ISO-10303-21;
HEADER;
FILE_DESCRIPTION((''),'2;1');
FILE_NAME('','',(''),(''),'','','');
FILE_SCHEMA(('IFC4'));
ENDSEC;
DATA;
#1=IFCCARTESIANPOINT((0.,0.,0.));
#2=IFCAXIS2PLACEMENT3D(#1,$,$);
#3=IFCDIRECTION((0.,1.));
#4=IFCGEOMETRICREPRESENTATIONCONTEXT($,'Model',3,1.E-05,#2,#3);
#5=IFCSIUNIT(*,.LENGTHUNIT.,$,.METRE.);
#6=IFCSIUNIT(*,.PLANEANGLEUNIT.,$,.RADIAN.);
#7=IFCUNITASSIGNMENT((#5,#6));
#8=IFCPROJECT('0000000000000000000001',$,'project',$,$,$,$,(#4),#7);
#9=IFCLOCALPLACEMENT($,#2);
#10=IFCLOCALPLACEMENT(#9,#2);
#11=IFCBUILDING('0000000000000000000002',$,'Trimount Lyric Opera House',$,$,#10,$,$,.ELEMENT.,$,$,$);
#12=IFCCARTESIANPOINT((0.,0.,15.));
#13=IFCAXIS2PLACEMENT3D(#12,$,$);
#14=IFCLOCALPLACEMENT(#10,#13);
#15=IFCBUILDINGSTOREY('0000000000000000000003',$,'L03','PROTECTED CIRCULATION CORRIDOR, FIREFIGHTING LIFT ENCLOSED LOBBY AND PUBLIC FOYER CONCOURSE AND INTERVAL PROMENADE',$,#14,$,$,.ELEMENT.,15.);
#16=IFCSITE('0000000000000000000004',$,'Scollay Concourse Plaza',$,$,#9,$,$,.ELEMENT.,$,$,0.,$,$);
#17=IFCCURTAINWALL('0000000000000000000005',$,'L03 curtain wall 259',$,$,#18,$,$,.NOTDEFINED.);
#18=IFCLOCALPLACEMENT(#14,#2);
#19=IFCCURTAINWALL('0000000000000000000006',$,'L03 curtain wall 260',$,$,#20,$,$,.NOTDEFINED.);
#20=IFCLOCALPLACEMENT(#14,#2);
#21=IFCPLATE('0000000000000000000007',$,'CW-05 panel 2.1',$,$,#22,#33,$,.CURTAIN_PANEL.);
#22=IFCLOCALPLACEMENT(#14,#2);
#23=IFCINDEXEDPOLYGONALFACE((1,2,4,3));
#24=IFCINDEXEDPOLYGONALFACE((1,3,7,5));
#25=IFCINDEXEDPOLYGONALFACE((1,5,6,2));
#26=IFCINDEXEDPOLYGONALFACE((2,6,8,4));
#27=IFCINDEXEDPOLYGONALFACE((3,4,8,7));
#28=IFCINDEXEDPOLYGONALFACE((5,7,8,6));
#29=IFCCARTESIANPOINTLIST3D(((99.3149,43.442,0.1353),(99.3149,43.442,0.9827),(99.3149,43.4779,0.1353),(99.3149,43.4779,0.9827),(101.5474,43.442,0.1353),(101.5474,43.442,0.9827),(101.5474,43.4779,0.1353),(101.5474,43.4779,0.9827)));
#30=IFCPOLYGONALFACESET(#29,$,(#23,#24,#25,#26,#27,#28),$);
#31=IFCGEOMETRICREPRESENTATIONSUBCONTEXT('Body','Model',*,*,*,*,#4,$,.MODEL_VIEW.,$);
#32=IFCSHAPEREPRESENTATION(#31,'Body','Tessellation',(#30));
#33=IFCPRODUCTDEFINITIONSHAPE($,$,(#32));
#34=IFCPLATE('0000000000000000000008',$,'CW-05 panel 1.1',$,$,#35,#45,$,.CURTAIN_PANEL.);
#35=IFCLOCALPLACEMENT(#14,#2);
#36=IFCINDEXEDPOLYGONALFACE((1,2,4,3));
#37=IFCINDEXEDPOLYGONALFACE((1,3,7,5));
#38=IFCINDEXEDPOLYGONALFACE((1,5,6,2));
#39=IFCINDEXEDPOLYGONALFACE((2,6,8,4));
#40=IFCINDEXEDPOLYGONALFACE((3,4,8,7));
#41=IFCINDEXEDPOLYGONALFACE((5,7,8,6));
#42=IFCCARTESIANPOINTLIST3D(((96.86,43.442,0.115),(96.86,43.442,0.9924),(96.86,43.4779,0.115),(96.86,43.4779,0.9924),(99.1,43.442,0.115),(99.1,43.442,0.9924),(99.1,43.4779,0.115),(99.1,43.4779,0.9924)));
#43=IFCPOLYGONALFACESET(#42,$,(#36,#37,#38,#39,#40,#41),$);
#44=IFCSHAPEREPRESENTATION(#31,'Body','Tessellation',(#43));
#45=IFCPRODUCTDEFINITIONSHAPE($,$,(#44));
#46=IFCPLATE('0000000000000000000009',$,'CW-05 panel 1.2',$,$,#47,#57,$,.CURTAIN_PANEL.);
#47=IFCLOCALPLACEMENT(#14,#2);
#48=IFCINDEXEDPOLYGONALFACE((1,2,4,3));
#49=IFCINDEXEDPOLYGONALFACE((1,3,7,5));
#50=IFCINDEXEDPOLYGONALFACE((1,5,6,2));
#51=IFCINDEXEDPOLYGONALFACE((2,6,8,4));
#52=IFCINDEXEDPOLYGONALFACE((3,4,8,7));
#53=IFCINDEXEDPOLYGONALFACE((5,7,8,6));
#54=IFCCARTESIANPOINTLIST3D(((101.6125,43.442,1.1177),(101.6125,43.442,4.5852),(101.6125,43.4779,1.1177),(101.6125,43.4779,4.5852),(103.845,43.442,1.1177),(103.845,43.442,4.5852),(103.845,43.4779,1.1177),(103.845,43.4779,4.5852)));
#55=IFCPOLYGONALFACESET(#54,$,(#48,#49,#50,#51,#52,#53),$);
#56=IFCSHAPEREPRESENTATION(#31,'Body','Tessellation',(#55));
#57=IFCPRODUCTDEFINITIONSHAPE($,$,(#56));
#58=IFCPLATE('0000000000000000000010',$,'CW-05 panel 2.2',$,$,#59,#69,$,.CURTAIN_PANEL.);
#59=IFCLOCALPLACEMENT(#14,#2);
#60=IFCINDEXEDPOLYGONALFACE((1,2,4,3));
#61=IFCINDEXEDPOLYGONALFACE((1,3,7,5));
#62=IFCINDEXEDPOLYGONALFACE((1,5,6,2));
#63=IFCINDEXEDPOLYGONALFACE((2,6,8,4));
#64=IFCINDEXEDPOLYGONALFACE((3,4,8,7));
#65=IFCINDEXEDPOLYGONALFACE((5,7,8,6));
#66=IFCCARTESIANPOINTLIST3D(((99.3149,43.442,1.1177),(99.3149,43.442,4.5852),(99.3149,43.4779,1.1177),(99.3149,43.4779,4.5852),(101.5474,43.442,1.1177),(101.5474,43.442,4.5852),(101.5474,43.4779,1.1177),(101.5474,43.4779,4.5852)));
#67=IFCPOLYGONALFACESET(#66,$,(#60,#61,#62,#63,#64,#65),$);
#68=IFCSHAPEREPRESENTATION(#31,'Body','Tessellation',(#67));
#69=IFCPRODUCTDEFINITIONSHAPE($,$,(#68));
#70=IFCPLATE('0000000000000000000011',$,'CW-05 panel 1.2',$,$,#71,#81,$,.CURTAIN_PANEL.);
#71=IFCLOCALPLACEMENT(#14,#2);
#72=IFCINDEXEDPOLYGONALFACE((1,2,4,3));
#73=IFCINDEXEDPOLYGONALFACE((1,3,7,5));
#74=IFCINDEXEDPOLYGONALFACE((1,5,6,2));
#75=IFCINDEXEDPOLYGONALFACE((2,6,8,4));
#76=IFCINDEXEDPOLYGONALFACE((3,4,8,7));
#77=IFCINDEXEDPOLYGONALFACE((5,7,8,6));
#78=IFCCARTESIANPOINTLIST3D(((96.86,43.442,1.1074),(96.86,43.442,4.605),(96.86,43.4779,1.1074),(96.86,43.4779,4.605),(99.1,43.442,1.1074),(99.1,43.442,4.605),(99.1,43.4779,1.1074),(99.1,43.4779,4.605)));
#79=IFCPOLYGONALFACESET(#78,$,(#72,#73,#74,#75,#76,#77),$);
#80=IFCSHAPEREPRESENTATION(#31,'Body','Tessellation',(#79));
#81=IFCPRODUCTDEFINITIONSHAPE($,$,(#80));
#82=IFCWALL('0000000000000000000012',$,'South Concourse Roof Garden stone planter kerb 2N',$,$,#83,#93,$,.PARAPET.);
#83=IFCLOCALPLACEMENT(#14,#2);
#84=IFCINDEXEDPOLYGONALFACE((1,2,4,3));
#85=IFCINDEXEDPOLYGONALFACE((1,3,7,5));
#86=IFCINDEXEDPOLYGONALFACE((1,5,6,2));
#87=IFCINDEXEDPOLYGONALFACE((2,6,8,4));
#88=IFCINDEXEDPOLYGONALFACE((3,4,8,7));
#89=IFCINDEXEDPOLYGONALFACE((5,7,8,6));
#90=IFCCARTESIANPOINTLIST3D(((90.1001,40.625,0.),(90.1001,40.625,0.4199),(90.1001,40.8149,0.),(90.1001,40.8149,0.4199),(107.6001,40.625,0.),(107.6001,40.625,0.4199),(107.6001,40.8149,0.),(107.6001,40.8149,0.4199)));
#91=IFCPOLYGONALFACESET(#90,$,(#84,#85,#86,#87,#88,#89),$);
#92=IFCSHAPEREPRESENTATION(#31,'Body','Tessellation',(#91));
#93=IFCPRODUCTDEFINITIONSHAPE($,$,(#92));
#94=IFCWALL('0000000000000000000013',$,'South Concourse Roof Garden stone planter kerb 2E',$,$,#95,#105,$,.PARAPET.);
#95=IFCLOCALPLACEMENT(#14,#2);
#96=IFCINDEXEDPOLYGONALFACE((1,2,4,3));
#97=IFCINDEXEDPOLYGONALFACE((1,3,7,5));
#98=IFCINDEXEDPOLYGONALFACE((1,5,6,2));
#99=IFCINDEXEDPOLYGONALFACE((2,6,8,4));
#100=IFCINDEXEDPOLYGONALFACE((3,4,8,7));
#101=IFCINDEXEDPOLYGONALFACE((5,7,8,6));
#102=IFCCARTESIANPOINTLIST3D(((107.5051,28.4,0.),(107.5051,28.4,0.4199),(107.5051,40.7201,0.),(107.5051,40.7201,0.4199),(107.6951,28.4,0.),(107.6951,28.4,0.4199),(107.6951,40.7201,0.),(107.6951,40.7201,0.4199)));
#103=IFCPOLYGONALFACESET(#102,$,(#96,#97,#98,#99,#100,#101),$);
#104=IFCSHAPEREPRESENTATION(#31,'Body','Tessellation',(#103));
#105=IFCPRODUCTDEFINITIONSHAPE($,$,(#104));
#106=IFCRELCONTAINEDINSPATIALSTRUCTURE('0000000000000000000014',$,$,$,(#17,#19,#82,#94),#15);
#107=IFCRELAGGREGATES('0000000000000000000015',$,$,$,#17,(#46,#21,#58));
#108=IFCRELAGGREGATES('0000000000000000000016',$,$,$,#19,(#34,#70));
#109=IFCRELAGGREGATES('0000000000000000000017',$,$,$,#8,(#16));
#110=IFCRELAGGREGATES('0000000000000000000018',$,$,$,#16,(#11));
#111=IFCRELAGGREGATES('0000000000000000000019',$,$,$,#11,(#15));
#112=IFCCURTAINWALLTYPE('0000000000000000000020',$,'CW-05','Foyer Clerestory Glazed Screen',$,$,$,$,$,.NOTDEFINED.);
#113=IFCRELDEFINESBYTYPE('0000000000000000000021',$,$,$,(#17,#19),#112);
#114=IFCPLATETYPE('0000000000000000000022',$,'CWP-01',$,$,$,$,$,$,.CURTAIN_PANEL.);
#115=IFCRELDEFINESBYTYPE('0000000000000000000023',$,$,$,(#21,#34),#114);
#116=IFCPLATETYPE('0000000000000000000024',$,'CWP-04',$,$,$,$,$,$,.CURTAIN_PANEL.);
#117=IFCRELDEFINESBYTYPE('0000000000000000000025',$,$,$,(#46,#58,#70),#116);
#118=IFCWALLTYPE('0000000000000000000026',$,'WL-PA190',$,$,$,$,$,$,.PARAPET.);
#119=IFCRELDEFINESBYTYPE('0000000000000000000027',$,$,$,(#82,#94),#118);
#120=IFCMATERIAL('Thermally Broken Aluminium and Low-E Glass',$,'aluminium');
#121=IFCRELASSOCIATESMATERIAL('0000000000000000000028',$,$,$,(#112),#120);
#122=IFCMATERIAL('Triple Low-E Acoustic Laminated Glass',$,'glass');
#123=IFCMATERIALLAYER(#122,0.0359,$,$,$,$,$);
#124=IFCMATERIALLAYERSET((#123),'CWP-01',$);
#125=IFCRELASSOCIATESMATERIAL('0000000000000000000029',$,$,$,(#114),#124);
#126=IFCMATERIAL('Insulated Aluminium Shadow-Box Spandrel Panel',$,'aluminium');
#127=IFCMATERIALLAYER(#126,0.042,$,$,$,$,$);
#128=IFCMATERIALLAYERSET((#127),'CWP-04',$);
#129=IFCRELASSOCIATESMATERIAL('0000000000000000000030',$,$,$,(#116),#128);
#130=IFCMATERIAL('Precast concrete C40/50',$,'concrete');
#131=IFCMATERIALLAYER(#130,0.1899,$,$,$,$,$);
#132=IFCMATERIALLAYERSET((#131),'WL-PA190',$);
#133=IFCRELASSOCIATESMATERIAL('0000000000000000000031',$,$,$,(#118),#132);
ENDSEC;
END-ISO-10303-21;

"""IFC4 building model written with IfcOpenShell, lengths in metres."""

from ifc_helpers import new_model, si_unit, direction, frame, frame_2d, origin, origin_2d, place, context, subcontext, project, spatial, rectangle, extrude, material, layer, layer_set, type_object, element, aggregate, save


model = new_model("IFC4")

# Units and contexts
model_context = context("Model", 3, precision=1e-05, world=origin(), true_north=direction((0.0, 1.0)))
body_context = subcontext(model_context, "Body", "Model", "MODEL_VIEW")
ifc_project = project(units=[si_unit("LENGTHUNIT", "METRE"), si_unit("PLANEANGLEUNIT", "RADIAN")], contexts=[model_context])

# Site, building, storey
site_placement = place(None, origin())
site = spatial("IfcSite", under=ifc_project, at=site_placement, Name="Scollay Concourse Plaza", CompositionType="ELEMENT", RefElevation=0.0)
building_placement = place(site_placement, origin())
building = spatial("IfcBuilding", under=site, at=building_placement, Name="Trimount Lyric Opera House", CompositionType="ELEMENT")
storey_placement = place(building_placement, frame((0.0, 0.0, 15.0)))
storey = spatial("IfcBuildingStorey", under=building, at=storey_placement, Name="L03", Description="PROTECTED CIRCULATION CORRIDOR, FIREFIGHTING LIFT ENCLOSED LOBBY AND PUBLIC FOYER CONCOURSE AND INTERVAL PROMENADE", CompositionType="ELEMENT", Elevation=15.0)

# Curtain wall
ifc_material_1 = material(Name="Thermally Broken Aluminium and Low-E Glass", Category="aluminium")
curtain_wall_type = type_object("IfcCurtainWallType", Name="CW-05", Description="Foyer Clerestory Glazed Screen", PredefinedType="NOTDEFINED", material=ifc_material_1)
curtain_wall_1_placement = place(storey_placement, origin())
curtain_wall_1 = element("IfcCurtainWall", 1, at=curtain_wall_1_placement, inside=storey, type_object=curtain_wall_type, Name="L03 curtain wall 259", PredefinedType="NOTDEFINED")

# Curtain wall
curtain_wall_2_placement = place(storey_placement, origin())
curtain_wall_2 = element("IfcCurtainWall", 2, at=curtain_wall_2_placement, inside=storey, type_object=curtain_wall_type, Name="L03 curtain wall 260", PredefinedType="NOTDEFINED")

# Plates
ifc_material_2 = material(Name="Triple Low-E Acoustic Laminated Glass", Category="glass")
ifc_layer_1 = layer(ifc_material_2, 0.0359)
ifc_layer_set_1 = layer_set([ifc_layer_1], Name="CWP-01")
plate_type_1 = type_object("IfcPlateType", Name="CWP-01", PredefinedType="CURTAIN_PANEL", material=ifc_layer_set_1)
plate_1_placement = place(storey_placement, frame((100.4312, 43.46, 0.1353), z_axis=(0.0, 0.0, 1.0), x_axis=(-1.0, 0.0, 0.0)))
plate_1 = element("IfcPlate", 3, at=plate_1_placement, type_object=plate_type_1, Name="CW-05 panel 2.1", PredefinedType="CURTAIN_PANEL", context=body_context, shape_type="SweptSolid", body=[
    extrude(rectangle(XDim=2.2324, YDim=0.0359, at=origin_2d()), origin(), (0.0, 0.0, 1.0), 0.8474),
])
plate_2_placement = place(storey_placement, frame((97.98, 43.46, 0.115), z_axis=(0.0, 0.0, 1.0), x_axis=(-1.0, 0.0, 0.0)))
plate_2 = element("IfcPlate", 4, at=plate_2_placement, type_object=plate_type_1, Name="CW-05 panel 1.1", PredefinedType="CURTAIN_PANEL", context=body_context, shape_type="SweptSolid", body=[
    extrude(rectangle(XDim=2.24, YDim=0.0359, at=origin_2d()), origin(), (0.0, 0.0, 1.0), 0.8774),
])
ifc_material_3 = material(Name="Insulated Aluminium Shadow-Box Spandrel Panel", Category="aluminium")
ifc_layer_2 = layer(ifc_material_3, 0.042)
ifc_layer_set_2 = layer_set([ifc_layer_2], Name="CWP-04")
plate_type_2 = type_object("IfcPlateType", Name="CWP-04", PredefinedType="CURTAIN_PANEL", material=ifc_layer_set_2)
plate_3_placement = place(storey_placement, frame((102.7288, 43.46, 1.1177), z_axis=(0.0, 0.0, 1.0), x_axis=(-1.0, 0.0, 0.0)))
plate_3 = element("IfcPlate", 5, at=plate_3_placement, type_object=plate_type_2, Name="CW-05 panel 1.2", PredefinedType="CURTAIN_PANEL", context=body_context, shape_type="SweptSolid", body=[
    extrude(rectangle(XDim=2.2324, YDim=0.0359, at=origin_2d()), origin(), (0.0, 0.0, 1.0), 3.4675),
])
plate_4_placement = place(storey_placement, frame((100.4312, 43.46, 1.1177), z_axis=(0.0, 0.0, 1.0), x_axis=(-1.0, 0.0, 0.0)))
plate_4 = element("IfcPlate", 6, at=plate_4_placement, type_object=plate_type_2, Name="CW-05 panel 2.2", PredefinedType="CURTAIN_PANEL", context=body_context, shape_type="SweptSolid", body=[
    extrude(rectangle(XDim=2.2324, YDim=0.0359, at=origin_2d()), origin(), (0.0, 0.0, 1.0), 3.4675),
])
aggregate(curtain_wall_1, [plate_3, plate_1, plate_4])
plate_5_placement = place(storey_placement, frame((97.98, 43.46, 1.1074), z_axis=(0.0, 0.0, 1.0), x_axis=(-1.0, 0.0, 0.0)))
plate_5 = element("IfcPlate", 7, at=plate_5_placement, type_object=plate_type_2, Name="CW-05 panel 1.2", PredefinedType="CURTAIN_PANEL", context=body_context, shape_type="SweptSolid", body=[
    extrude(rectangle(XDim=2.24, YDim=0.0359, at=origin_2d()), origin(), (0.0, 0.0, 1.0), 3.4976),
])
aggregate(curtain_wall_2, [plate_2, plate_5])

# Walls
ifc_material_4 = material(Name="Precast concrete C40/50", Category="concrete")
ifc_layer_3 = layer(ifc_material_4, 0.1899)
ifc_layer_set_3 = layer_set([ifc_layer_3], Name="WL-PA190")
wall_type = type_object("IfcWallType", Name="WL-PA190", PredefinedType="PARAPET", material=ifc_layer_set_3)
wall_1_placement = place(storey_placement, frame((107.6001, 40.72, 0.0), z_axis=(0.0, 0.0, 1.0), x_axis=(-1.0, 0.0, 0.0)))
element("IfcWall", 8, at=wall_1_placement, inside=storey, type_object=wall_type, Name="South Concourse Roof Garden stone planter kerb 2N", PredefinedType="PARAPET", context=body_context, shape_type="SweptSolid", body=[
    extrude(rectangle(XDim=17.5, YDim=0.1899, at=frame_2d((8.75, 0.0))), origin(), (0.0, 0.0, 1.0), 0.4199),
])
wall_2_placement = place(storey_placement, frame((107.6001, 28.3999, 0.0), z_axis=(0.0, 0.0, 1.0), x_axis=(0.0, 1.0, 0.0)))
element("IfcWall", 9, at=wall_2_placement, inside=storey, type_object=wall_type, Name="South Concourse Roof Garden stone planter kerb 2E", PredefinedType="PARAPET", context=body_context, shape_type="SweptSolid", body=[
    extrude(rectangle(XDim=12.3201, YDim=0.1899, at=frame_2d((6.1602, 0.0))), origin(), (0.0, 0.0, 1.0), 0.4199),
])

save(model, "model.ifc")
